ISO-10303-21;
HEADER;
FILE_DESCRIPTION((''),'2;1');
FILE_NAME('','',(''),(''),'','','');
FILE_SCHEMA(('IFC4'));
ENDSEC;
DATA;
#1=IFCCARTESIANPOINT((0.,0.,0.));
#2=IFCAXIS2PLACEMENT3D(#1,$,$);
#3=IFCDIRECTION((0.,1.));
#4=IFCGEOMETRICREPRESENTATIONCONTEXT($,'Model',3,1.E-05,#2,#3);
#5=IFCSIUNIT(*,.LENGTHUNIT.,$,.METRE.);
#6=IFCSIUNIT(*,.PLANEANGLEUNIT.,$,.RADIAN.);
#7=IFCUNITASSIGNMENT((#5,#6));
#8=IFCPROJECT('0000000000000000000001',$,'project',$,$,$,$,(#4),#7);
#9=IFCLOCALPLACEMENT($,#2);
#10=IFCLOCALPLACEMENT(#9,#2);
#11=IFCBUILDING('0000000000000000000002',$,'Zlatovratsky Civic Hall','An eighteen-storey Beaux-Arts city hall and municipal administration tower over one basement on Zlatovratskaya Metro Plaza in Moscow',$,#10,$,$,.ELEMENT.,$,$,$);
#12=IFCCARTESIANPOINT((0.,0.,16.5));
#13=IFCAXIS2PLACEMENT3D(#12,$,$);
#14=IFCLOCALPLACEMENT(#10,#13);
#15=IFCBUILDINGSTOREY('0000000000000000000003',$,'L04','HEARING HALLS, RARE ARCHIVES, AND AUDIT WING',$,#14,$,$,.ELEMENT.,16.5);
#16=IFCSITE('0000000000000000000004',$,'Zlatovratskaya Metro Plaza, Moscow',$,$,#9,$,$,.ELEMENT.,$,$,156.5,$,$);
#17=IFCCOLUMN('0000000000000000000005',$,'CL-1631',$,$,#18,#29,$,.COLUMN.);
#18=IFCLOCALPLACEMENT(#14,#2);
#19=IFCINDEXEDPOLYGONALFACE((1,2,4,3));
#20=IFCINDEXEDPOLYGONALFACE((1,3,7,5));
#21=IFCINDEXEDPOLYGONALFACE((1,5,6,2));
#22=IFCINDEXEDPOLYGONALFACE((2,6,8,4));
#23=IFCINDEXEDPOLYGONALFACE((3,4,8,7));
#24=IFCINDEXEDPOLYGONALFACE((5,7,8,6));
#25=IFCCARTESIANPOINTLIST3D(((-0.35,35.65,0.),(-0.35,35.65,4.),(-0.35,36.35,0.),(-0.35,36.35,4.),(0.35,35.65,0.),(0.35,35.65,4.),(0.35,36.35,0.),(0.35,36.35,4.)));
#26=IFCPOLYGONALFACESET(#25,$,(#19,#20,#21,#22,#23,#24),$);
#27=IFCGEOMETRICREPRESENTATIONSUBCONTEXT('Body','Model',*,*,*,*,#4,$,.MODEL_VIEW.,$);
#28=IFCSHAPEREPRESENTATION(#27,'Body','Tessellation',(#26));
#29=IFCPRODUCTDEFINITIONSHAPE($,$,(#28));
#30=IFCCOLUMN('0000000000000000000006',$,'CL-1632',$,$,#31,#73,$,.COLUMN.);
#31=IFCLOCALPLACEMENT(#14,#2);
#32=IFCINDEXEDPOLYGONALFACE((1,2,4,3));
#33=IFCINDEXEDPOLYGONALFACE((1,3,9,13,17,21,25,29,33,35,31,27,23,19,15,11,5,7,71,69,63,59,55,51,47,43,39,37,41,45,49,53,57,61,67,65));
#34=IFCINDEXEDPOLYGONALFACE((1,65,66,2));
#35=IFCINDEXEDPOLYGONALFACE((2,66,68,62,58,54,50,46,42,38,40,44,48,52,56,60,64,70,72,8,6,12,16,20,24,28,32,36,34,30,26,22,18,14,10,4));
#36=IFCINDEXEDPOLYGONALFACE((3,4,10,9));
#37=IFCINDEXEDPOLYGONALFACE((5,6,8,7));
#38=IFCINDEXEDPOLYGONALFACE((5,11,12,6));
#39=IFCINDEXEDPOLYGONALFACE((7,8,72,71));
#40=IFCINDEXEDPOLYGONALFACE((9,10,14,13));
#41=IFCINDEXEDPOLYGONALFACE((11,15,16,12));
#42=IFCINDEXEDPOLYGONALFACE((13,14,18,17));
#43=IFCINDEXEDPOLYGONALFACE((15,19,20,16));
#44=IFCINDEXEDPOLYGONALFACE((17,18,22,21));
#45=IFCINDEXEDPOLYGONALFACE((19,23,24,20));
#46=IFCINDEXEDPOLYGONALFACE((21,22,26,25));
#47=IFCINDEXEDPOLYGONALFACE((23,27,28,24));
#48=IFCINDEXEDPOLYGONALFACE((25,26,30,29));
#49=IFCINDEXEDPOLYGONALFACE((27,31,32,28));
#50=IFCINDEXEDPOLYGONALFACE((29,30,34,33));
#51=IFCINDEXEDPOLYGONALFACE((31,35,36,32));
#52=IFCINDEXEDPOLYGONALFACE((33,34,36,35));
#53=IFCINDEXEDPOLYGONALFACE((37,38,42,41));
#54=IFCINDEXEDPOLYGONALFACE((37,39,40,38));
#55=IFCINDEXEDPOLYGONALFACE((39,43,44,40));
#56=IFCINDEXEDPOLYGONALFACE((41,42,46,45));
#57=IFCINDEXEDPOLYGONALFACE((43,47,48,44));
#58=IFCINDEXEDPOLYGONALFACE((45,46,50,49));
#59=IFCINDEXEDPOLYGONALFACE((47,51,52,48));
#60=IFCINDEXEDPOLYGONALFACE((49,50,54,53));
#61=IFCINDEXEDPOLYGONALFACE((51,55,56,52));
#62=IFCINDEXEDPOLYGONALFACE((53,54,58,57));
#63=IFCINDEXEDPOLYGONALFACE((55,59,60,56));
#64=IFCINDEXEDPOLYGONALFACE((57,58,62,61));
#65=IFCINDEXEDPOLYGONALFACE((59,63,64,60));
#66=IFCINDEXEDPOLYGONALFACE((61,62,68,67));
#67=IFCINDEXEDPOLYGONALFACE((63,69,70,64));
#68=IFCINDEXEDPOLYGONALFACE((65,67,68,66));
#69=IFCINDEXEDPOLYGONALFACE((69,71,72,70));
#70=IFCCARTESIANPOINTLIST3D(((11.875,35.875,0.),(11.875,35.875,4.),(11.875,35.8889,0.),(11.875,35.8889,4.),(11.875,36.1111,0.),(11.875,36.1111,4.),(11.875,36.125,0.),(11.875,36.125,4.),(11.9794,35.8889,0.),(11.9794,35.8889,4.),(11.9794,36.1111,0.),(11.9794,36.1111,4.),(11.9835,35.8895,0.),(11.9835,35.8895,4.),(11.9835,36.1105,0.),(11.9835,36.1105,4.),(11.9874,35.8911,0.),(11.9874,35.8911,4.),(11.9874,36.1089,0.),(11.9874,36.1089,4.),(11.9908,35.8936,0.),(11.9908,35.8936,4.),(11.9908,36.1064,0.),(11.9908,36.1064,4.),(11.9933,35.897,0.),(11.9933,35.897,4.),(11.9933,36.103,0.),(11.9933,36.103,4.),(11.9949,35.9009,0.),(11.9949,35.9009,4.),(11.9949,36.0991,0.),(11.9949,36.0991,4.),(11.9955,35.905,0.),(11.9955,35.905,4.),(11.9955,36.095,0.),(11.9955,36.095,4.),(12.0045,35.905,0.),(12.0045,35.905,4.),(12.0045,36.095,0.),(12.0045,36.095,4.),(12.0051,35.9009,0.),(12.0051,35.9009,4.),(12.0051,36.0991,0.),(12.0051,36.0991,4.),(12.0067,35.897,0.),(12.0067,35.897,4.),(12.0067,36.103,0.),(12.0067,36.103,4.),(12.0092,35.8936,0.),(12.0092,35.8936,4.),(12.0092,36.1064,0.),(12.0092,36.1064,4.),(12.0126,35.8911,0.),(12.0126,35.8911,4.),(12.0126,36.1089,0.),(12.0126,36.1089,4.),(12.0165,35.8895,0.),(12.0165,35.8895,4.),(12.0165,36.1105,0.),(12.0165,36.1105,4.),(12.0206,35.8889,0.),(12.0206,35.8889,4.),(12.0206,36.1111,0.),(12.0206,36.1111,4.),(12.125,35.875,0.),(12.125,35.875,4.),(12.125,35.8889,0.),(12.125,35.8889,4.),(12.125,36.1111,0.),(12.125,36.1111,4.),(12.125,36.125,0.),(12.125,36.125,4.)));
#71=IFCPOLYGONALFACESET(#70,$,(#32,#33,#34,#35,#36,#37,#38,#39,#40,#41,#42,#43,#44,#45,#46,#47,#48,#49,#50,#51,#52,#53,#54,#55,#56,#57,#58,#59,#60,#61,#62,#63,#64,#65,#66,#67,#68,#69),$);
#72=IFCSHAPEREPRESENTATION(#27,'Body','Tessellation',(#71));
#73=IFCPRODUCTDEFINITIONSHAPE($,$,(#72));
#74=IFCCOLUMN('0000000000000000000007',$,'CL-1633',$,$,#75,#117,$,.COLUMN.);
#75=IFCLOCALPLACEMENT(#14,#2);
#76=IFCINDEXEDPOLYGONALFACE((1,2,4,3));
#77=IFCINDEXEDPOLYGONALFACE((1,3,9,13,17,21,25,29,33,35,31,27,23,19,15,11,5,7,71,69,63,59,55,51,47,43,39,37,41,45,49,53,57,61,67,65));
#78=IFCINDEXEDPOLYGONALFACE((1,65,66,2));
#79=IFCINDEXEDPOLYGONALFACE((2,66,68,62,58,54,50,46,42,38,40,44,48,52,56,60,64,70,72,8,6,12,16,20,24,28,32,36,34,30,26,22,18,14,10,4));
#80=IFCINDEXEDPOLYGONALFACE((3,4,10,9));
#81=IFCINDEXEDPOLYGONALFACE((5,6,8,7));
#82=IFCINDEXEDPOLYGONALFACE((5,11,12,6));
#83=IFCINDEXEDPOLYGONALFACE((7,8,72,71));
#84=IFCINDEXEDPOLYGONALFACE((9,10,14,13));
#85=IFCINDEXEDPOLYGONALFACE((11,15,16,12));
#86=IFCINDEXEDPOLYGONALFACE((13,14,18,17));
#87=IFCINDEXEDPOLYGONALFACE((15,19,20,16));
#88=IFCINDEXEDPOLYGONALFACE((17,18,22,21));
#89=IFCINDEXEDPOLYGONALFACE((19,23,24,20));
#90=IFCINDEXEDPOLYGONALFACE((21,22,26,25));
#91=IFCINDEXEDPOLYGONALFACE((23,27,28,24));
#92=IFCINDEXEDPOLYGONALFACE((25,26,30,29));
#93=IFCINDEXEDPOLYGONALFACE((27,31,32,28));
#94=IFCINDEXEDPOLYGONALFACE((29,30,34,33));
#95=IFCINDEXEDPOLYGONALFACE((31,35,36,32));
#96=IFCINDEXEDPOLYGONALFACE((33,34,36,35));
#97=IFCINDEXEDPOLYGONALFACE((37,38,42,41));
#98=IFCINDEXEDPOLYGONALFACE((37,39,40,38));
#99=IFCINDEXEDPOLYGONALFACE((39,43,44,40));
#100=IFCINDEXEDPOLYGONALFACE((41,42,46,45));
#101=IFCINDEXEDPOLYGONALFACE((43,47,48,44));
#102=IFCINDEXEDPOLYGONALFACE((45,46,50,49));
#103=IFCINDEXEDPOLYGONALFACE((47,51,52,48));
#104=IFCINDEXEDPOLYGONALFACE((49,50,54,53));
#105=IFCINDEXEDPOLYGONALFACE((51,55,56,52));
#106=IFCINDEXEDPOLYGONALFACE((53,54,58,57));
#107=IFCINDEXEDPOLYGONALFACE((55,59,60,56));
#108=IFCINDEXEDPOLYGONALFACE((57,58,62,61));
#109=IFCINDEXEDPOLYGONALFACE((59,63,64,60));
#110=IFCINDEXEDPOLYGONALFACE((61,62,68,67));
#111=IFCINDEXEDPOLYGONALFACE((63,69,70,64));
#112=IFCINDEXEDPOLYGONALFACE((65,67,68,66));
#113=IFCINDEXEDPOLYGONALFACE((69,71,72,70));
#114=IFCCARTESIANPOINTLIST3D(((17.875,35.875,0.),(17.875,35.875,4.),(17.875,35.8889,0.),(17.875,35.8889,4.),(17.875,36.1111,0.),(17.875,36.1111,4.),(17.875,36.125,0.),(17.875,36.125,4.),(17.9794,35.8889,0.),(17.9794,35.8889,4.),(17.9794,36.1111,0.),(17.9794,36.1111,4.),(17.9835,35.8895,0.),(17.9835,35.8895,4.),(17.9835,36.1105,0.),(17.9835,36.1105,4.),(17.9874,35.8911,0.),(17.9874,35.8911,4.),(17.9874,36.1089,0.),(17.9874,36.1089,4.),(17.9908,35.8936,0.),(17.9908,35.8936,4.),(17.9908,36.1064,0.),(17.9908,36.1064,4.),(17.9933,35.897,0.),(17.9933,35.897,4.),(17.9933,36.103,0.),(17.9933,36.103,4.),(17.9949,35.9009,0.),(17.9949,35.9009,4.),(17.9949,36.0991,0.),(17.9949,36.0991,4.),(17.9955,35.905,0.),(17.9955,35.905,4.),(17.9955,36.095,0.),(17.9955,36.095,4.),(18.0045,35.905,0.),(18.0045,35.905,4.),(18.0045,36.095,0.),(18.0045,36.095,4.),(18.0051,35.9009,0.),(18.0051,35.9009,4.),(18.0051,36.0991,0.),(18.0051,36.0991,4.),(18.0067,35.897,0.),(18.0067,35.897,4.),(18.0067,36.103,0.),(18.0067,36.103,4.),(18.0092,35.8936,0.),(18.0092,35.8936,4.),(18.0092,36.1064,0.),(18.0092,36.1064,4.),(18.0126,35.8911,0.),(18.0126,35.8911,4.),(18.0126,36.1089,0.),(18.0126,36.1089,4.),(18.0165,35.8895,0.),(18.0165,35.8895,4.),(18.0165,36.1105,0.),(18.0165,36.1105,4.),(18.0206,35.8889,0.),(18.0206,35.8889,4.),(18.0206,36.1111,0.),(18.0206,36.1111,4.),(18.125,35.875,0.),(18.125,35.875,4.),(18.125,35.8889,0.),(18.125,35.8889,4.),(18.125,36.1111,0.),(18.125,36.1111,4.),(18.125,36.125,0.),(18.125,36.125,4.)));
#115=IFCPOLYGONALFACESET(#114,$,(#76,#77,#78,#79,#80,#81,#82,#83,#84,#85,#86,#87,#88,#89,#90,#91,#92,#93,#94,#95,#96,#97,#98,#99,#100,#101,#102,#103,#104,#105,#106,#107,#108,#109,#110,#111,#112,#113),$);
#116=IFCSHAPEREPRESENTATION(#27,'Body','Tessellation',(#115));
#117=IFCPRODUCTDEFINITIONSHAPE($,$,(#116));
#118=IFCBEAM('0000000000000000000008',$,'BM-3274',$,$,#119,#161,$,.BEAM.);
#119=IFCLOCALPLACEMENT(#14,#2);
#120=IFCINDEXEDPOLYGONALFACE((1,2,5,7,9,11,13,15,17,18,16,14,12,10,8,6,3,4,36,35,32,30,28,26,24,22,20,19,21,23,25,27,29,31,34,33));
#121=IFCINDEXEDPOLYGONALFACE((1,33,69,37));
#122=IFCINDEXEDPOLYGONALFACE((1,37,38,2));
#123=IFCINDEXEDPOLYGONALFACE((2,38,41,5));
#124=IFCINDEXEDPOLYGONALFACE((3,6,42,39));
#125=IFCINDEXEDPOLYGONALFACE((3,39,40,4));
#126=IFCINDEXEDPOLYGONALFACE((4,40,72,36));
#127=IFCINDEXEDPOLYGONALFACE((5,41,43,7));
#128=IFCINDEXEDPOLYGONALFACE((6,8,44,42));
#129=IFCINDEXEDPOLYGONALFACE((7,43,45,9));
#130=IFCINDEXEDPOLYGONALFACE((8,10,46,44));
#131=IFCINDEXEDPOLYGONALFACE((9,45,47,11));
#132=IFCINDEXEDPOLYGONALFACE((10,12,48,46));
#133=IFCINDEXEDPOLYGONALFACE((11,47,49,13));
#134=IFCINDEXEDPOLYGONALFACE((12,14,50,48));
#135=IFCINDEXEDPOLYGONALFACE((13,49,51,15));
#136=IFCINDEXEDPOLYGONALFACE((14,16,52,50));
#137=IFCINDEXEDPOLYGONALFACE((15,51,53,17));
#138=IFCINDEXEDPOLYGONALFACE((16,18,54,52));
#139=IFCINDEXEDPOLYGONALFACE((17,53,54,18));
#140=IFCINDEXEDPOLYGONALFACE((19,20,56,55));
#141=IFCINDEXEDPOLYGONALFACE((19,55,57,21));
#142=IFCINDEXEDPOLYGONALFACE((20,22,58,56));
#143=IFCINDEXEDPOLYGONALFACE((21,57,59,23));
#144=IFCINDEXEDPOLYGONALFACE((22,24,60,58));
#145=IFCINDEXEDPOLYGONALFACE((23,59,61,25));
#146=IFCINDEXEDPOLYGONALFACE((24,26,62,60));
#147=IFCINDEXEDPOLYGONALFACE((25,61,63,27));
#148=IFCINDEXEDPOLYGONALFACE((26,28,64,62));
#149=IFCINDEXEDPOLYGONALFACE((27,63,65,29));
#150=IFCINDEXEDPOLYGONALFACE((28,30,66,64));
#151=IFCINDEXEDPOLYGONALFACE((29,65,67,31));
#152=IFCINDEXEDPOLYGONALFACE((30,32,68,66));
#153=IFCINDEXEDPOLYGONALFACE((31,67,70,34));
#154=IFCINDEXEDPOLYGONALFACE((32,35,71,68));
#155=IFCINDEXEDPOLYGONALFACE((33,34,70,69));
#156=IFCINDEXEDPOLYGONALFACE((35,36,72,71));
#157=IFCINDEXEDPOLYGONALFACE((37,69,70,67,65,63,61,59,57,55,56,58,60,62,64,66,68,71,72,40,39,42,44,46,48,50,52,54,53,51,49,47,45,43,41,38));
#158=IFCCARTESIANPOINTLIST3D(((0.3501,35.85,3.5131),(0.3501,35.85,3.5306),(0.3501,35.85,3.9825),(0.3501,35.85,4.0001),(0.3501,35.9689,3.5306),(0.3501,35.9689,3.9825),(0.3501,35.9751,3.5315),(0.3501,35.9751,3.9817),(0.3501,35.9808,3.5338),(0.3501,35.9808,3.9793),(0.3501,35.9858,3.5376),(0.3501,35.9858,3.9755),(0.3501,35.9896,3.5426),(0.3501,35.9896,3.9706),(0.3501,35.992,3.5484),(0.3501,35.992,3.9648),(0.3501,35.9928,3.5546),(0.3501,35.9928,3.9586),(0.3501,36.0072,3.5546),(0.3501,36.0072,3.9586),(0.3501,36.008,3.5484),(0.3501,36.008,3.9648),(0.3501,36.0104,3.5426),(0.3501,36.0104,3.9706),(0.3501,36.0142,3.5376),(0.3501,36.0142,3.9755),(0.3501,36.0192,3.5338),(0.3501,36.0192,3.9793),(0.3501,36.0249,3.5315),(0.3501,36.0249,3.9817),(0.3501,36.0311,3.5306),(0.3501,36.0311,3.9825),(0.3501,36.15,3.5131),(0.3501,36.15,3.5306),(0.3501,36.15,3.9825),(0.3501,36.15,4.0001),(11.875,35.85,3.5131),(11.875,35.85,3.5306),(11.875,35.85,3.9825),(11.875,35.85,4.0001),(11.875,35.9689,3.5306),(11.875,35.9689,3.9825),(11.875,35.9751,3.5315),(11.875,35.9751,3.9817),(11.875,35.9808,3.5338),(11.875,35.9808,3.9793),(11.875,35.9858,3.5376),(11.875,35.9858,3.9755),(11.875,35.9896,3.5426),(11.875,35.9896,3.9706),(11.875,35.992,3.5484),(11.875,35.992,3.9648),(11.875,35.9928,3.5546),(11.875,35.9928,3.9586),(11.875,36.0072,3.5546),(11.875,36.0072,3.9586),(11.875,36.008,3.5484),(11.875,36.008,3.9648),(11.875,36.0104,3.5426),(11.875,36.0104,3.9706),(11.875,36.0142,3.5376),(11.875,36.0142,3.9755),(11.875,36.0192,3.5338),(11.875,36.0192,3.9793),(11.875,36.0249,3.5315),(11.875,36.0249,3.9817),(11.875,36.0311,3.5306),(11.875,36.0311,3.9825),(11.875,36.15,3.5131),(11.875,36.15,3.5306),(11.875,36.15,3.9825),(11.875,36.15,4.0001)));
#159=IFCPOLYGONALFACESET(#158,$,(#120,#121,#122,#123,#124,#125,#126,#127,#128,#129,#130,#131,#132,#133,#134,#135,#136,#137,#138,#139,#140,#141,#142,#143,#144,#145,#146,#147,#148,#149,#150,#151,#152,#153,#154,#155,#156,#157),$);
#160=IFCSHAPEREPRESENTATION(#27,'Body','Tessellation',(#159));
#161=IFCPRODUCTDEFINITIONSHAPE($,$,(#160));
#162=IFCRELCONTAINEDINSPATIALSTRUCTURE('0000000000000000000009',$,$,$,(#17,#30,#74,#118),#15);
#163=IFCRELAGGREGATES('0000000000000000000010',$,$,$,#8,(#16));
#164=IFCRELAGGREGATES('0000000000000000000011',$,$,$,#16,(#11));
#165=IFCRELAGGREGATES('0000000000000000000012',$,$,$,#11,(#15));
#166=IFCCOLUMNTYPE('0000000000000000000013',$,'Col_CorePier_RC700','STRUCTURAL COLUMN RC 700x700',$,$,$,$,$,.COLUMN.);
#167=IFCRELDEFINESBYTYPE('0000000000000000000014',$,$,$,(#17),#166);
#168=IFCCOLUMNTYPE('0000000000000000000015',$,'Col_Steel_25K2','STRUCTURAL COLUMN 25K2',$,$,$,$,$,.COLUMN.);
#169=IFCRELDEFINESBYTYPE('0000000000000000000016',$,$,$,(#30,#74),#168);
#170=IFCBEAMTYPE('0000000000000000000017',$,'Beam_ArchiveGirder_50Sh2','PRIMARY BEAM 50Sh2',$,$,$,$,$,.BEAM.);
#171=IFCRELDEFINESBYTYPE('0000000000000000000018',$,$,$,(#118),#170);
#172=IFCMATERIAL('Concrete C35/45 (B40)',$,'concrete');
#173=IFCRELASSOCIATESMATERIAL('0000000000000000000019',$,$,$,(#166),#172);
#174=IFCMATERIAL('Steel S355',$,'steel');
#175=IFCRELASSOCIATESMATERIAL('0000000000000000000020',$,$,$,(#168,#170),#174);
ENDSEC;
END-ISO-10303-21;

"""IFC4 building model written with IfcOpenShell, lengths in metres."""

from ifc_helpers import new_model, si_unit, direction, frame, origin, origin_2d, place, context, subcontext, project, spatial, rectangle, i_section, extrude, material, material_profile, profile_set, type_object, element, save


model = new_model("IFC4")

# Units and contexts
model_context = context("Model", 3, precision=1e-05, world=origin(), true_north=direction((0.0, 1.0)))
body_context = subcontext(model_context, "Body", "Model", "MODEL_VIEW")
ifc_project = project(units=[si_unit("LENGTHUNIT", "METRE"), si_unit("PLANEANGLEUNIT", "RADIAN")], contexts=[model_context])

# Site, building, storey
site_placement = place(None, origin())
site = spatial("IfcSite", under=ifc_project, at=site_placement, Name="Zlatovratskaya Metro Plaza, Moscow", CompositionType="ELEMENT", RefElevation=156.5)
building_placement = place(site_placement, origin())
building = spatial("IfcBuilding", under=site, at=building_placement, Name="Zlatovratsky Civic Hall", Description="An eighteen-storey Beaux-Arts city hall and municipal administration tower over one basement on Zlatovratskaya Metro Plaza in Moscow", CompositionType="ELEMENT")
storey_placement = place(building_placement, frame((0.0, 0.0, 16.5)))
storey = spatial("IfcBuildingStorey", under=building, at=storey_placement, Name="L04", Description="HEARING HALLS, RARE ARCHIVES, AND AUDIT WING", CompositionType="ELEMENT", Elevation=16.5)

# Columns
ifc_material_1 = material(Name="Concrete C35/45 (B40)", Category="concrete")
ifc_material_profile_1 = material_profile(ifc_material_1, rectangle(XDim=0.7, YDim=0.7, at=origin_2d()), Name="RC 700x700")
ifc_profile_set_1 = profile_set([ifc_material_profile_1], Name="Concrete C35/45 (B40)")
column_type_1 = type_object("IfcColumnType", Name="Col_CorePier_RC700", Description="STRUCTURAL COLUMN RC 700x700", PredefinedType="COLUMN", material=ifc_profile_set_1)
column_placement = place(storey_placement, frame((0.0, 36.0, 0.0), z_axis=(0.0, 0.0, 1.0), x_axis=(1.0, 0.0, 0.0)))
element("IfcColumn", 1, at=column_placement, inside=storey, type_object=column_type_1, Name="CL-1631", PredefinedType="COLUMN", context=body_context, shape_type="SweptSolid", body=[
    extrude(rectangle(XDim=0.7, YDim=0.7, at=origin_2d()), origin(), (0.0, 0.0, 1.0), 4.0),
])
ifc_material_2 = material(Name="Steel S355", Category="steel")
ifc_material_profile_2 = material_profile(ifc_material_2, i_section(OverallWidth=0.25, OverallDepth=0.25, WebThickness=0.009, FlangeThickness=0.0139, FilletRadius=0.0161, at=origin_2d()), Name="25K2")
ifc_profile_set_2 = profile_set([ifc_material_profile_2], Name="Steel S355")
column_type_2 = type_object("IfcColumnType", Name="Col_Steel_25K2", Description="STRUCTURAL COLUMN 25K2", PredefinedType="COLUMN", material=ifc_profile_set_2)
for number, where, z_axis, x_axis, name in (
    (2, (12.0, 36.0, 0.0), (0.0, 0.0, 1.0), (1.0, 0.0, 0.0), "CL-1632"),
    (3, (18.0, 36.0, 0.0), (0.0, 0.0, 1.0), (1.0, 0.0, 0.0), "CL-1633"),
):
    element("IfcColumn", number, at=place(storey_placement, frame(where, z_axis=z_axis, x_axis=x_axis)), inside=storey, type_object=column_type_2, Name=name, PredefinedType="COLUMN", context=body_context, shape_type="SweptSolid", body=[
        extrude(i_section(OverallWidth=0.25, OverallDepth=0.25, WebThickness=0.009, FlangeThickness=0.0139, FilletRadius=0.0161, at=origin_2d()), origin(), (0.0, 0.0, 1.0), 4.0),
    ])

# Beam
ifc_material_profile_3 = material_profile(ifc_material_2, i_section(OverallWidth=0.3, OverallDepth=0.4871, WebThickness=0.0144, FlangeThickness=0.0176, FilletRadius=0.0239, at=origin_2d()), Name="50Sh2")
ifc_profile_set_3 = profile_set([ifc_material_profile_3], Name="Steel S355")
beam_type_1 = type_object("IfcBeamType", Name="Beam_ArchiveGirder_50Sh2", Description="PRIMARY BEAM 50Sh2", PredefinedType="BEAM", material=ifc_profile_set_3)
beam_1_placement = place(storey_placement, frame((0.3501, 36.0, 3.7566), z_axis=(1.0, 0.0, 0.0), x_axis=(0.0, 1.0, 0.0)))
element("IfcBeam", 4, at=beam_1_placement, inside=storey, type_object=beam_type_1, Name="BM-3274", PredefinedType="BEAM", context=body_context, shape_type="SweptSolid", body=[
    extrude(i_section(OverallWidth=0.3, OverallDepth=0.4871, WebThickness=0.0144, FlangeThickness=0.0176, FilletRadius=0.0239, at=origin_2d()), origin(), (0.0, 0.0, 1.0), 11.5249),
])

save(model, "model.ifc")
